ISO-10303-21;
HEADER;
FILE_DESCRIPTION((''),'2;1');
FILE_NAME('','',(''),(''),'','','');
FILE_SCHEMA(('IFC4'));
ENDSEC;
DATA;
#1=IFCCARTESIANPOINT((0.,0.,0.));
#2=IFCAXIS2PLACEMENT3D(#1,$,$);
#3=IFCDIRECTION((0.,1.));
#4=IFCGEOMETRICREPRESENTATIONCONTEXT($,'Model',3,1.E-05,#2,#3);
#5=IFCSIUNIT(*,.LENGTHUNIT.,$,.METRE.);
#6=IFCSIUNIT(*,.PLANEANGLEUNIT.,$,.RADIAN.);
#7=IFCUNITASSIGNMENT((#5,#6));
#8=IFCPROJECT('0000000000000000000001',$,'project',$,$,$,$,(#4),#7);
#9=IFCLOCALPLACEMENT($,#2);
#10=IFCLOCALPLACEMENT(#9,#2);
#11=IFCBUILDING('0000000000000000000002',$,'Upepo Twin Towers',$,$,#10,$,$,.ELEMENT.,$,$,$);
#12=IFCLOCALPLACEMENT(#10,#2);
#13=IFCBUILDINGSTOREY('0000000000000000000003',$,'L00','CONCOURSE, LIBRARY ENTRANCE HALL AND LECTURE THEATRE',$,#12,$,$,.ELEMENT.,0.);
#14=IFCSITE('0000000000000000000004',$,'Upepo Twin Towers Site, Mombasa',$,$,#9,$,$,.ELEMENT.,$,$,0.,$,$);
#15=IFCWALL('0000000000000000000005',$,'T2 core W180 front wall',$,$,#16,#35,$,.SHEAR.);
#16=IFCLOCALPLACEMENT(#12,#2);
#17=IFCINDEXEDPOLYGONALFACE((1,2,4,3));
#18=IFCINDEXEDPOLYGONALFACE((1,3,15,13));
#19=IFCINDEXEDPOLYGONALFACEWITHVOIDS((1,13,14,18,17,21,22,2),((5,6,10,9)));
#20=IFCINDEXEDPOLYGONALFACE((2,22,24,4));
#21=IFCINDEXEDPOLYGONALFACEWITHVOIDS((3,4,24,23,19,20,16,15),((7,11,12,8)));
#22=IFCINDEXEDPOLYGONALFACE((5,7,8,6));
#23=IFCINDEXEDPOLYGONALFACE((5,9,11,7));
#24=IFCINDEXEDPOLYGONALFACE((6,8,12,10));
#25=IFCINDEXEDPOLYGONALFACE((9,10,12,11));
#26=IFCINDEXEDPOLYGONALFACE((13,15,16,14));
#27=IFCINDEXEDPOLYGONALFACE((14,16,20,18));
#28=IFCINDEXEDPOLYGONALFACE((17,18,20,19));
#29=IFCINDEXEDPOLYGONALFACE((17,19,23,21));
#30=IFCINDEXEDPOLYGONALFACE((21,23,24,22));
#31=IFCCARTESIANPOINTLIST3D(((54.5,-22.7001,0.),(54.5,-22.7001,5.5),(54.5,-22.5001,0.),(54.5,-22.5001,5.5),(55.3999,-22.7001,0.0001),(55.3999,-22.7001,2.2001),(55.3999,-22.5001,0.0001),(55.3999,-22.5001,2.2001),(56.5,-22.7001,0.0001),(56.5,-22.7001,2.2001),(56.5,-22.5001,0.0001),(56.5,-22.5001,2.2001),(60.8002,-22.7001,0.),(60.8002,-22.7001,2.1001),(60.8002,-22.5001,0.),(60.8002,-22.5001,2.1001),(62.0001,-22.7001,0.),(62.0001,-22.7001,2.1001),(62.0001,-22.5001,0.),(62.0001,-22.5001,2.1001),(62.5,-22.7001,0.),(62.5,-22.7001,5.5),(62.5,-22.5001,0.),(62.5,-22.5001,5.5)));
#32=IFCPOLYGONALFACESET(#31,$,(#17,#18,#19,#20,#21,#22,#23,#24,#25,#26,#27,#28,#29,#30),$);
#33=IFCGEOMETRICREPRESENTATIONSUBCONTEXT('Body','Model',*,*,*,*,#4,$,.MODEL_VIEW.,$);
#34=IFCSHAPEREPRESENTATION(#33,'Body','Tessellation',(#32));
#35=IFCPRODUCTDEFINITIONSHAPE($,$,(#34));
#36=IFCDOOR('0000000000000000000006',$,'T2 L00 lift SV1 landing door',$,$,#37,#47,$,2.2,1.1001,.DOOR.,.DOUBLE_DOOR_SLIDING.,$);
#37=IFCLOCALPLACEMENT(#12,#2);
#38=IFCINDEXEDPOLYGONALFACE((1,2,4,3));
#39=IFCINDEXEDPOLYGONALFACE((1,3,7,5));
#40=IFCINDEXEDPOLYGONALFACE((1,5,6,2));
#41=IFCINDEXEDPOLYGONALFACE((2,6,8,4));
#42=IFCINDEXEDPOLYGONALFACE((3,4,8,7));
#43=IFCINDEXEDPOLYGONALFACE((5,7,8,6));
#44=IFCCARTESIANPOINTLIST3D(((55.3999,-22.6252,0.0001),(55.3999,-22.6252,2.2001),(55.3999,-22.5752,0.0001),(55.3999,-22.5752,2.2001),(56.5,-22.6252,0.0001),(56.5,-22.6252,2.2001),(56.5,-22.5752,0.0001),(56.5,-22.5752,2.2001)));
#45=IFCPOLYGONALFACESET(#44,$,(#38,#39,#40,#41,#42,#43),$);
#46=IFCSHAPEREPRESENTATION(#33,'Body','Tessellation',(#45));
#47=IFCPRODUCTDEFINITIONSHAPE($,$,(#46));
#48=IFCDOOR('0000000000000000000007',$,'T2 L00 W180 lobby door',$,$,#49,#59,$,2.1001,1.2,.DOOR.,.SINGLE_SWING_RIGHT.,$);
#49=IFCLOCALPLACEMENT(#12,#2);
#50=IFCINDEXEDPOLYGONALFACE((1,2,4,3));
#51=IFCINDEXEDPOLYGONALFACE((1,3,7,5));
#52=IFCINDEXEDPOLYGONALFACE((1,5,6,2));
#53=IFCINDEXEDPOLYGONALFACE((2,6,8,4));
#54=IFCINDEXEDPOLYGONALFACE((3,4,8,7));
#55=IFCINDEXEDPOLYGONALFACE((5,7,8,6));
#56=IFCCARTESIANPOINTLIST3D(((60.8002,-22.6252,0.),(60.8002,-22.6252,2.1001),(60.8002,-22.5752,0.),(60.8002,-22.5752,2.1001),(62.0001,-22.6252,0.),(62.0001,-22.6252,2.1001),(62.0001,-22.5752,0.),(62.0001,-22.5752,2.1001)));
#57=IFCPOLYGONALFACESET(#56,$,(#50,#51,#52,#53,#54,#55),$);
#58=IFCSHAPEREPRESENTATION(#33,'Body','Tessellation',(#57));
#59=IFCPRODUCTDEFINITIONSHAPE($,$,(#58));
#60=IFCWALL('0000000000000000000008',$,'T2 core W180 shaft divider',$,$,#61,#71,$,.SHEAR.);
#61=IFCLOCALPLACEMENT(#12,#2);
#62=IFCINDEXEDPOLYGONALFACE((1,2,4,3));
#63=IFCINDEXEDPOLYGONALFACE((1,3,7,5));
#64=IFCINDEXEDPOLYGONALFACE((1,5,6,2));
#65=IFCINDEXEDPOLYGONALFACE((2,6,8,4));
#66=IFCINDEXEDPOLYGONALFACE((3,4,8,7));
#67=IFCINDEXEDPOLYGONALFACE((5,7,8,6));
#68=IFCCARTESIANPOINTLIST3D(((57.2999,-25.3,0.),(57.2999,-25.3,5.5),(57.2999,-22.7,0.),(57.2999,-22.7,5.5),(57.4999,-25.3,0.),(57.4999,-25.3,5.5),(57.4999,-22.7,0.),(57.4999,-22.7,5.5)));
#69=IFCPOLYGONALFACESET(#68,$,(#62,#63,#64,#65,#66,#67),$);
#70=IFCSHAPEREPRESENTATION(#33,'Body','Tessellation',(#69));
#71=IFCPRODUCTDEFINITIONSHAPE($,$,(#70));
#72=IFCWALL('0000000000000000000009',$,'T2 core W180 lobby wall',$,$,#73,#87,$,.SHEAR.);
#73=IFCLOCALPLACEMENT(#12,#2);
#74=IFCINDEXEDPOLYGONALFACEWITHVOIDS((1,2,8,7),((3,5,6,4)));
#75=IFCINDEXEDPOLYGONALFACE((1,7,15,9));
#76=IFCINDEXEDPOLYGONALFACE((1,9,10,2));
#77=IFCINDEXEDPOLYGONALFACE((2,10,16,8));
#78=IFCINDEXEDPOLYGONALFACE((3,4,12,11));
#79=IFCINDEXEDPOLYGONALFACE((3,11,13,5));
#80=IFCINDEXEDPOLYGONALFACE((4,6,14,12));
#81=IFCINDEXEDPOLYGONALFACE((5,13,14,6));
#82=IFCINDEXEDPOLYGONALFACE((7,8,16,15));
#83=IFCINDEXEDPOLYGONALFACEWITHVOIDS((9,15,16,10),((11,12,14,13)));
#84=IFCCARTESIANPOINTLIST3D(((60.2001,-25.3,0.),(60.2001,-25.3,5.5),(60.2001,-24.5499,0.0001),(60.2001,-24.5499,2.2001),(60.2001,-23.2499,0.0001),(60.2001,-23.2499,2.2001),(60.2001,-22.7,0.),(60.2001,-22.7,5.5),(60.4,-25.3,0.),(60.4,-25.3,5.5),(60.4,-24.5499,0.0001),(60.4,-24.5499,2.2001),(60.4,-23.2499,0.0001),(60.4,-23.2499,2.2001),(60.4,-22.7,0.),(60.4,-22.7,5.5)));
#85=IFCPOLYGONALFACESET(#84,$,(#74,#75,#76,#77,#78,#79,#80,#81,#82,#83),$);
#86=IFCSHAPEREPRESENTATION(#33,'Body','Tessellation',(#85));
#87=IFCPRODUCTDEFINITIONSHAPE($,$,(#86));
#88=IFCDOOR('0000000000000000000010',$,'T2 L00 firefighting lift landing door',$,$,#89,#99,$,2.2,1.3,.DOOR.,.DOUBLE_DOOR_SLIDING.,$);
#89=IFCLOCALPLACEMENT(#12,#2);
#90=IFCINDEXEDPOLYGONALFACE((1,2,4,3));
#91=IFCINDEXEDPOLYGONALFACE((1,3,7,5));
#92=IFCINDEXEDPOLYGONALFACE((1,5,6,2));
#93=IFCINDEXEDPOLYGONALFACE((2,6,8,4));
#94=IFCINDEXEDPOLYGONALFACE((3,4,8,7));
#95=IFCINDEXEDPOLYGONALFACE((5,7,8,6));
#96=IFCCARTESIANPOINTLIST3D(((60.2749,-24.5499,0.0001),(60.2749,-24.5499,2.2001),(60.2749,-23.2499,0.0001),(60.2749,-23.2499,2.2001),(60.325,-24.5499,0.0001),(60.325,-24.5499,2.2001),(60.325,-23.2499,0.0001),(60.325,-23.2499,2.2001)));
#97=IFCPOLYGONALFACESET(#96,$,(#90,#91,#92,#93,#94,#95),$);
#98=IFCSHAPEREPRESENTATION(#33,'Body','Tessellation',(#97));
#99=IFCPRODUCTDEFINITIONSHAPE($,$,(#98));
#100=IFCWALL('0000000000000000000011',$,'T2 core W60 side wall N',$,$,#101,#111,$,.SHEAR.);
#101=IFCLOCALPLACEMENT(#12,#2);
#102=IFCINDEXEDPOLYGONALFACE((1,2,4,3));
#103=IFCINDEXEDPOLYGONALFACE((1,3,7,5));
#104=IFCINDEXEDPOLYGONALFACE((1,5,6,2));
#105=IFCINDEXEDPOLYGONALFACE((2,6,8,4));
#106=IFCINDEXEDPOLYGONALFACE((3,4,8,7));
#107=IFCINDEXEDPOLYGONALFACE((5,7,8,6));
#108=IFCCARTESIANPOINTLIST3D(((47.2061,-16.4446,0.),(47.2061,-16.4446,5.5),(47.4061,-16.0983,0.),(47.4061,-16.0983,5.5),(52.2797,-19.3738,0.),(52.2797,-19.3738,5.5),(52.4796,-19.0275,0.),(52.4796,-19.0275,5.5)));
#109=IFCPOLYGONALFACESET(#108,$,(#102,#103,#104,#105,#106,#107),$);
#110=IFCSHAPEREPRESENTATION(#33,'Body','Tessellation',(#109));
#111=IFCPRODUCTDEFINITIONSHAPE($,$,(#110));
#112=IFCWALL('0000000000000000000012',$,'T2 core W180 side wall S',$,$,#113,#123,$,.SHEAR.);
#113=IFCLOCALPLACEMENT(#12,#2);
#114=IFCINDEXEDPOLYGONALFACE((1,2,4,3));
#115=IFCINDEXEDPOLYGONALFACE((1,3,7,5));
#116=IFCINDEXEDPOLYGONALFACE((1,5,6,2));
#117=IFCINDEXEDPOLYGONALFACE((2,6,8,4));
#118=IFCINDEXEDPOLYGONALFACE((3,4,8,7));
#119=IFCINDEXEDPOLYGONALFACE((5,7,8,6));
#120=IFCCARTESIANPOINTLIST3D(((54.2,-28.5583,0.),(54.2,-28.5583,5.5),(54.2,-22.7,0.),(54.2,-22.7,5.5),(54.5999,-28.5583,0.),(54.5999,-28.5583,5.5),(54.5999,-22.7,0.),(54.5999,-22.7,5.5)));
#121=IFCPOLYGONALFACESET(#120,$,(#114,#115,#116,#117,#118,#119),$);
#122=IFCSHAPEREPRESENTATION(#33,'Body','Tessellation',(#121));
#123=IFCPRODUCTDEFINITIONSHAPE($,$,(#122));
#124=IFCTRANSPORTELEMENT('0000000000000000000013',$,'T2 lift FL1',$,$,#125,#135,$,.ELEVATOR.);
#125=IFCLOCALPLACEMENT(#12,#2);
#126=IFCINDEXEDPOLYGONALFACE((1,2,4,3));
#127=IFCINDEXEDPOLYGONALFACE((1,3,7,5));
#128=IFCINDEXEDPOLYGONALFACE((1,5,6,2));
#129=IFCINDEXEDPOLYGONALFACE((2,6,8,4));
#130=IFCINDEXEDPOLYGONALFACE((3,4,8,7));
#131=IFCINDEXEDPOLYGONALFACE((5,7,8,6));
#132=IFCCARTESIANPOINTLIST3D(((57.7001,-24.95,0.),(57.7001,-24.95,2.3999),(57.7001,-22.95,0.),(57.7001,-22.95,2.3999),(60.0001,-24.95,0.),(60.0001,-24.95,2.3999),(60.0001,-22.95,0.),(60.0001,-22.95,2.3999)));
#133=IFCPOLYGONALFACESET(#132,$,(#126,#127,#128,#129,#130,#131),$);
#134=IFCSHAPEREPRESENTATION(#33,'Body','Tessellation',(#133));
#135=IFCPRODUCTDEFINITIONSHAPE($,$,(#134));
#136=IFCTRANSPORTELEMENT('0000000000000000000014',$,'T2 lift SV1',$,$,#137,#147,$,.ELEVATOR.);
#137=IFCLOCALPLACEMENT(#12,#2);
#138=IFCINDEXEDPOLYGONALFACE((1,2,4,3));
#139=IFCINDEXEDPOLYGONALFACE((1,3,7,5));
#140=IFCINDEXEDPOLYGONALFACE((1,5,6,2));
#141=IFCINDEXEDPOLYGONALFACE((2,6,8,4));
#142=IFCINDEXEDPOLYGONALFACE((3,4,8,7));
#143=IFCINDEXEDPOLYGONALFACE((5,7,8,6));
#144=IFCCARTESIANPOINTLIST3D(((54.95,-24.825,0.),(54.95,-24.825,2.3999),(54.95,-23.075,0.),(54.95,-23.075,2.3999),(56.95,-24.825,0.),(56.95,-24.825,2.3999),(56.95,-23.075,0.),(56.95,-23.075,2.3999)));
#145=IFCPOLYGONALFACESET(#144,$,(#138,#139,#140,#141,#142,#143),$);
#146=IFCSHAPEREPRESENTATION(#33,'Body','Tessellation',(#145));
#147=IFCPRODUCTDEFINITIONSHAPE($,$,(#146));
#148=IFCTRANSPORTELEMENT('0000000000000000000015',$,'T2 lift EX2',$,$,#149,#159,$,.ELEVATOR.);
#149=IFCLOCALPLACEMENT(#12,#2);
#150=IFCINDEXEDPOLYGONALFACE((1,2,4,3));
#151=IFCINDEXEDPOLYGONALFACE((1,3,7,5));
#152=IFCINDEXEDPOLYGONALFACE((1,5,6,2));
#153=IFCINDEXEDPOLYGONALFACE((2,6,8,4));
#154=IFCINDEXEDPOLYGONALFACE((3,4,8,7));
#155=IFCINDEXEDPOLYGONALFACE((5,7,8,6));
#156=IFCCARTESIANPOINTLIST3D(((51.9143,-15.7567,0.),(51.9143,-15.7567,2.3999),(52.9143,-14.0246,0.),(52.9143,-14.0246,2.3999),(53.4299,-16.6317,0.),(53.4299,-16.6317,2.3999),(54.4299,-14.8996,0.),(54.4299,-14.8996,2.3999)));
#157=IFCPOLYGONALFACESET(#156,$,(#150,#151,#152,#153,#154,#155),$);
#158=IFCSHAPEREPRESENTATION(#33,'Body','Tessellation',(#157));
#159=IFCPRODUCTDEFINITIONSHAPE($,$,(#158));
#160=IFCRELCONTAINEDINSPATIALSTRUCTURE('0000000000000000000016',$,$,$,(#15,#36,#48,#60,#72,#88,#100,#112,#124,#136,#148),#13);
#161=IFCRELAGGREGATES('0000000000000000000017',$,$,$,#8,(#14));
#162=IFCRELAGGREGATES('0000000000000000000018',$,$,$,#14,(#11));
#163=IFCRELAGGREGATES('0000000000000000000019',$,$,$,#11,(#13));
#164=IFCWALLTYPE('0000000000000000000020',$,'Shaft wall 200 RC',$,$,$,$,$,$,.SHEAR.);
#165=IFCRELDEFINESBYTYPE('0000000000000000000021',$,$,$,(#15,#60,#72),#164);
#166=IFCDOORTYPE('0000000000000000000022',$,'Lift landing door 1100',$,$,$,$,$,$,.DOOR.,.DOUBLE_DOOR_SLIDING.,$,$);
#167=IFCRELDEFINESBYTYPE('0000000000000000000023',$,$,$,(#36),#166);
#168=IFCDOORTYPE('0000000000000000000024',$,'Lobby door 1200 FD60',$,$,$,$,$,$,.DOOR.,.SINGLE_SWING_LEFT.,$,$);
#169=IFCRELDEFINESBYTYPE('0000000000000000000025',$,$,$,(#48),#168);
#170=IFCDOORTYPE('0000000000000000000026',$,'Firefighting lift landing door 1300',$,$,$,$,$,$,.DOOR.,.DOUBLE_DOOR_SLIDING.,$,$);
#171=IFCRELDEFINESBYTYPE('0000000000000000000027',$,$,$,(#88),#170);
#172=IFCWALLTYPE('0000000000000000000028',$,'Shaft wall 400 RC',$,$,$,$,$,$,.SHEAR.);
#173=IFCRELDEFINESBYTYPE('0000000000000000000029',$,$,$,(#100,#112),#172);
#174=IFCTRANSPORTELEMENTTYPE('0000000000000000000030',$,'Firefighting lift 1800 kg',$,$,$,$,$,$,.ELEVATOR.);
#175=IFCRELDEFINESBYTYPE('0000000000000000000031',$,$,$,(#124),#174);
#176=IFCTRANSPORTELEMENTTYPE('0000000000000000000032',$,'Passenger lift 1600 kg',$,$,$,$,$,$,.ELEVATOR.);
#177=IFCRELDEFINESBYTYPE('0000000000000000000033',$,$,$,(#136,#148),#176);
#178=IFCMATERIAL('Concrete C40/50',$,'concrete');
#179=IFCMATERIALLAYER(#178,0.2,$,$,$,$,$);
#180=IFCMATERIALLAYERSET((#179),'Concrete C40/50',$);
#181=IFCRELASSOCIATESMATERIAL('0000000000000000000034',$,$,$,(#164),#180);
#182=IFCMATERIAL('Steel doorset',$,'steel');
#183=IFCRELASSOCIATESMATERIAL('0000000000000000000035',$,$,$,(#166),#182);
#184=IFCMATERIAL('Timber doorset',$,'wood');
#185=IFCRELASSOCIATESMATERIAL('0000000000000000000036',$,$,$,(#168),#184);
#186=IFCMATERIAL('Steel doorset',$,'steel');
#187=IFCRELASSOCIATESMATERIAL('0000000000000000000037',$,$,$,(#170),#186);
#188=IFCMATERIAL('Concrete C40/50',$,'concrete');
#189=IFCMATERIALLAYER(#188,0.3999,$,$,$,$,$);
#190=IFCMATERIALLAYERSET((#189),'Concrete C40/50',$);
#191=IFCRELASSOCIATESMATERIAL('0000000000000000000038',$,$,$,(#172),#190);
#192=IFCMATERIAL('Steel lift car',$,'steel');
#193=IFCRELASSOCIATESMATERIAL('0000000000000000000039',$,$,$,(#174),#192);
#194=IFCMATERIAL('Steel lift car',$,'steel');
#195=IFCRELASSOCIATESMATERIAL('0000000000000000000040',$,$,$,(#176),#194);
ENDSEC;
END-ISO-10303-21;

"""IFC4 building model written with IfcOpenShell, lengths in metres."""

from ifc_helpers import new_model, si_unit, direction, frame, frame_2d, origin, origin_2d, place, context, subcontext, project, spatial, rectangle, extrude, material, layer, layer_set, type_object, element, fill, save


model = new_model("IFC4")

# Units and contexts
model_context = context("Model", 3, precision=1e-05, world=origin(), true_north=direction((0.0, 1.0)))
body_context = subcontext(model_context, "Body", "Model", "MODEL_VIEW")
ifc_project = project(units=[si_unit("LENGTHUNIT", "METRE"), si_unit("PLANEANGLEUNIT", "RADIAN")], contexts=[model_context])

# Site, building, storey
site_placement = place(None, origin())
site = spatial("IfcSite", under=ifc_project, at=site_placement, Name="Upepo Twin Towers Site, Mombasa", CompositionType="ELEMENT", RefElevation=0.0)
building_placement = place(site_placement, origin())
building = spatial("IfcBuilding", under=site, at=building_placement, Name="Upepo Twin Towers", CompositionType="ELEMENT")
storey_placement = place(building_placement, origin())
storey = spatial("IfcBuildingStorey", under=building, at=storey_placement, Name="L00", Description="CONCOURSE, LIBRARY ENTRANCE HALL AND LECTURE THEATRE", CompositionType="ELEMENT", Elevation=0.0)

# Shared definitions
ifc_material_1 = material(Name="Concrete C40/50", Category="concrete")
ifc_layer_1 = layer(ifc_material_1, 0.2)
ifc_layer_set_1 = layer_set([ifc_layer_1], Name="Concrete C40/50")
wall_type_1 = type_object("IfcWallType", Name="Shaft wall 200 RC", PredefinedType="SHEAR", material=ifc_layer_set_1)

# Wall, openings, doors
wall_1_placement = place(storey_placement, frame((54.5, -22.6001, 0.0), z_axis=(0.0, 0.0, 1.0), x_axis=(1.0, 0.0, 0.0)))
wall_1 = element("IfcWall", 1, at=wall_1_placement, inside=storey, type_object=wall_type_1, Name="T2 core W180 front wall", PredefinedType="SHEAR", context=body_context, shape_type="SweptSolid", body=[
    extrude(rectangle(XDim=8.0, YDim=0.2, at=frame_2d((4.0, 0.0))), origin(), (0.0, 0.0, 1.0), 5.5),
])
opening_1_placement = place(wall_1_placement, frame((6.3, 0.0, 0.0)))
opening_1 = element("IfcOpeningElement", 2, at=opening_1_placement, cuts=wall_1, PredefinedType="OPENING", context=body_context, shape_type="SweptSolid", body=[
    extrude(rectangle(XDim=1.2, YDim=2.1001, at=frame_2d((0.6001, 1.05))), frame((0.0, 0.1099, 0.0), z_axis=(0.0, -1.0, 0.0), x_axis=(1.0, 0.0, 0.0)), (0.0, 0.0, 1.0), 0.22),
])
opening_2_placement = place(wall_1_placement, frame((0.8999, 0.0, 0.0)))
opening_2 = element("IfcOpeningElement", 3, at=opening_2_placement, cuts=wall_1, PredefinedType="OPENING", context=body_context, shape_type="SweptSolid", body=[
    extrude(rectangle(XDim=1.1001, YDim=2.2, at=frame_2d((0.55, 1.1001))), frame((0.0, 0.1099, 0.0), z_axis=(0.0, -1.0, 0.0), x_axis=(1.0, 0.0, 0.0)), (0.0, 0.0, 1.0), 0.22),
])
ifc_material_2 = material(Name="Steel doorset", Category="steel")
door_type_1 = type_object("IfcDoorType", Name="Lift landing door 1100", OperationType="DOUBLE_DOOR_SLIDING", PredefinedType="DOOR", material=ifc_material_2)
door_1_placement = place(opening_2_placement, origin())
door_1 = element("IfcDoor", 4, at=door_1_placement, inside=storey, type_object=door_type_1, Name="T2 L00 lift SV1 landing door", OperationType="DOUBLE_DOOR_SLIDING", OverallHeight=2.2, OverallWidth=1.1001, PredefinedType="DOOR", context=body_context, shape_type="SweptSolid", body=[
    extrude(rectangle(XDim=1.1001, YDim=2.2, at=frame_2d((0.55, 1.1001))), frame((0.0, 0.0249, 0.0), z_axis=(0.0, -1.0, 0.0), x_axis=(1.0, 0.0, 0.0)), (0.0, 0.0, 1.0), 0.05),
])
fill(opening_2, door_1)
ifc_material_3 = material(Name="Timber doorset", Category="wood")
door_type_2 = type_object("IfcDoorType", Name="Lobby door 1200 FD60", OperationType="SINGLE_SWING_LEFT", PredefinedType="DOOR", material=ifc_material_3)
door_2_placement = place(opening_1_placement, origin())
door_2 = element("IfcDoor", 5, at=door_2_placement, inside=storey, type_object=door_type_2, Name="T2 L00 W180 lobby door", OperationType="SINGLE_SWING_RIGHT", OverallHeight=2.1001, OverallWidth=1.2, PredefinedType="DOOR", context=body_context, shape_type="SweptSolid", body=[
    extrude(rectangle(XDim=1.2, YDim=2.1001, at=frame_2d((0.6001, 1.05))), frame((0.0, 0.0249, 0.0), z_axis=(0.0, -1.0, 0.0), x_axis=(1.0, 0.0, 0.0)), (0.0, 0.0, 1.0), 0.05),
])
fill(opening_1, door_2)

# Wall
wall_2_placement = place(storey_placement, frame((57.3999, -22.7, 0.0), z_axis=(0.0, 0.0, 1.0), x_axis=(0.0, -1.0, 0.0)))
element("IfcWall", 6, at=wall_2_placement, inside=storey, type_object=wall_type_1, Name="T2 core W180 shaft divider", PredefinedType="SHEAR", context=body_context, shape_type="SweptSolid", body=[
    extrude(rectangle(XDim=2.6001, YDim=0.2, at=frame_2d((1.3, 0.0))), origin(), (0.0, 0.0, 1.0), 5.5),
])

# Wall, opening, door
wall_3_placement = place(storey_placement, frame((60.3, -22.7, 0.0), z_axis=(0.0, 0.0, 1.0), x_axis=(0.0, -1.0, 0.0)))
wall_3 = element("IfcWall", 7, at=wall_3_placement, inside=storey, type_object=wall_type_1, Name="T2 core W180 lobby wall", PredefinedType="SHEAR", context=body_context, shape_type="SweptSolid", body=[
    extrude(rectangle(XDim=2.6001, YDim=0.2, at=frame_2d((1.3, 0.0))), origin(), (0.0, 0.0, 1.0), 5.5),
])
opening_3_placement = place(wall_3_placement, frame((0.55, 0.0, 0.0)))
opening_3 = element("IfcOpeningElement", 8, at=opening_3_placement, cuts=wall_3, PredefinedType="OPENING", context=body_context, shape_type="SweptSolid", body=[
    extrude(rectangle(XDim=1.3, YDim=2.2, at=frame_2d((0.6499, 1.1001))), frame((0.0, 0.1099, 0.0), z_axis=(0.0, -1.0, 0.0), x_axis=(1.0, 0.0, 0.0)), (0.0, 0.0, 1.0), 0.22),
])
ifc_material_4 = material(Name="Steel doorset", Category="steel")
door_type_3 = type_object("IfcDoorType", Name="Firefighting lift landing door 1300", OperationType="DOUBLE_DOOR_SLIDING", PredefinedType="DOOR", material=ifc_material_4)
door_3_placement = place(opening_3_placement, origin())
door_3 = element("IfcDoor", 9, at=door_3_placement, inside=storey, type_object=door_type_3, Name="T2 L00 firefighting lift landing door", OperationType="DOUBLE_DOOR_SLIDING", OverallHeight=2.2, OverallWidth=1.3, PredefinedType="DOOR", context=body_context, shape_type="SweptSolid", body=[
    extrude(rectangle(XDim=1.3, YDim=2.2, at=frame_2d((0.6499, 1.1001))), frame((0.0, 0.0249, 0.0), z_axis=(0.0, -1.0, 0.0), x_axis=(1.0, 0.0, 0.0)), (0.0, 0.0, 1.0), 0.05),
])
fill(opening_3, door_3)

# Walls
ifc_material_5 = material(Name="Concrete C40/50", Category="concrete")
ifc_layer_2 = layer(ifc_material_5, 0.3999)
ifc_layer_set_2 = layer_set([ifc_layer_2], Name="Concrete C40/50")
wall_type_2 = type_object("IfcWallType", Name="Shaft wall 400 RC", PredefinedType="SHEAR", material=ifc_layer_set_2)
for number, where, z_axis, x_axis, name in (
    (10, (52.3796, -19.2007, 0.0), (0.0, 0.0, 1.0), (-0.866024, 0.500003, 0.0), "T2 core W60 side wall N"),
    (11, (54.3999, -22.7, 0.0), (0.0, 0.0, 1.0), (0.0, -1.0, 0.0), "T2 core W180 side wall S"),
):
    element("IfcWall", number, at=place(storey_placement, frame(where, z_axis=z_axis, x_axis=x_axis)), inside=storey, type_object=wall_type_2, Name=name, PredefinedType="SHEAR", context=body_context, shape_type="SweptSolid", body=[
        extrude(rectangle(XDim=5.8584, YDim=0.3999, at=frame_2d((2.9292, 0.0))), origin(), (0.0, 0.0, 1.0), 5.5),
    ])

# Transport elements
ifc_material_6 = material(Name="Steel lift car", Category="steel")
transport_element_type_1 = type_object("IfcTransportElementType", Name="Firefighting lift 1800 kg", PredefinedType="ELEVATOR", material=ifc_material_6)
transport_element_placement = place(storey_placement, frame((58.8501, -23.95, 0.0), z_axis=(0.0, 0.0, 1.0), x_axis=(0.0, 1.0, 0.0)))
element("IfcTransportElement", 12, at=transport_element_placement, inside=storey, type_object=transport_element_type_1, Name="T2 lift FL1", PredefinedType="ELEVATOR", context=body_context, shape_type="SweptSolid", body=[
    extrude(rectangle(XDim=2.0, YDim=2.3, at=origin_2d()), origin(), (0.0, 0.0, 1.0), 2.3999),
])
ifc_material_7 = material(Name="Steel lift car", Category="steel")
transport_element_type_2 = type_object("IfcTransportElementType", Name="Passenger lift 1600 kg", PredefinedType="ELEVATOR", material=ifc_material_7)
for number, where, z_axis, x_axis, name in (
    (13, (55.95, -23.95, 0.0), (0.0, 0.0, 1.0), (1.0, 0.0, 0.0), "T2 lift SV1"),
    (14, (53.1721, -15.3281, 0.0), (0.0, 0.0, 1.0), (0.5, 0.866025, 0.0), "T2 lift EX2"),
):
    element("IfcTransportElement", number, at=place(storey_placement, frame(where, z_axis=z_axis, x_axis=x_axis)), inside=storey, type_object=transport_element_type_2, Name=name, PredefinedType="ELEVATOR", context=body_context, shape_type="SweptSolid", body=[
        extrude(rectangle(XDim=2.0, YDim=1.75, at=origin_2d()), origin(), (0.0, 0.0, 1.0), 2.3999),
    ])

save(model, "model.ifc")
